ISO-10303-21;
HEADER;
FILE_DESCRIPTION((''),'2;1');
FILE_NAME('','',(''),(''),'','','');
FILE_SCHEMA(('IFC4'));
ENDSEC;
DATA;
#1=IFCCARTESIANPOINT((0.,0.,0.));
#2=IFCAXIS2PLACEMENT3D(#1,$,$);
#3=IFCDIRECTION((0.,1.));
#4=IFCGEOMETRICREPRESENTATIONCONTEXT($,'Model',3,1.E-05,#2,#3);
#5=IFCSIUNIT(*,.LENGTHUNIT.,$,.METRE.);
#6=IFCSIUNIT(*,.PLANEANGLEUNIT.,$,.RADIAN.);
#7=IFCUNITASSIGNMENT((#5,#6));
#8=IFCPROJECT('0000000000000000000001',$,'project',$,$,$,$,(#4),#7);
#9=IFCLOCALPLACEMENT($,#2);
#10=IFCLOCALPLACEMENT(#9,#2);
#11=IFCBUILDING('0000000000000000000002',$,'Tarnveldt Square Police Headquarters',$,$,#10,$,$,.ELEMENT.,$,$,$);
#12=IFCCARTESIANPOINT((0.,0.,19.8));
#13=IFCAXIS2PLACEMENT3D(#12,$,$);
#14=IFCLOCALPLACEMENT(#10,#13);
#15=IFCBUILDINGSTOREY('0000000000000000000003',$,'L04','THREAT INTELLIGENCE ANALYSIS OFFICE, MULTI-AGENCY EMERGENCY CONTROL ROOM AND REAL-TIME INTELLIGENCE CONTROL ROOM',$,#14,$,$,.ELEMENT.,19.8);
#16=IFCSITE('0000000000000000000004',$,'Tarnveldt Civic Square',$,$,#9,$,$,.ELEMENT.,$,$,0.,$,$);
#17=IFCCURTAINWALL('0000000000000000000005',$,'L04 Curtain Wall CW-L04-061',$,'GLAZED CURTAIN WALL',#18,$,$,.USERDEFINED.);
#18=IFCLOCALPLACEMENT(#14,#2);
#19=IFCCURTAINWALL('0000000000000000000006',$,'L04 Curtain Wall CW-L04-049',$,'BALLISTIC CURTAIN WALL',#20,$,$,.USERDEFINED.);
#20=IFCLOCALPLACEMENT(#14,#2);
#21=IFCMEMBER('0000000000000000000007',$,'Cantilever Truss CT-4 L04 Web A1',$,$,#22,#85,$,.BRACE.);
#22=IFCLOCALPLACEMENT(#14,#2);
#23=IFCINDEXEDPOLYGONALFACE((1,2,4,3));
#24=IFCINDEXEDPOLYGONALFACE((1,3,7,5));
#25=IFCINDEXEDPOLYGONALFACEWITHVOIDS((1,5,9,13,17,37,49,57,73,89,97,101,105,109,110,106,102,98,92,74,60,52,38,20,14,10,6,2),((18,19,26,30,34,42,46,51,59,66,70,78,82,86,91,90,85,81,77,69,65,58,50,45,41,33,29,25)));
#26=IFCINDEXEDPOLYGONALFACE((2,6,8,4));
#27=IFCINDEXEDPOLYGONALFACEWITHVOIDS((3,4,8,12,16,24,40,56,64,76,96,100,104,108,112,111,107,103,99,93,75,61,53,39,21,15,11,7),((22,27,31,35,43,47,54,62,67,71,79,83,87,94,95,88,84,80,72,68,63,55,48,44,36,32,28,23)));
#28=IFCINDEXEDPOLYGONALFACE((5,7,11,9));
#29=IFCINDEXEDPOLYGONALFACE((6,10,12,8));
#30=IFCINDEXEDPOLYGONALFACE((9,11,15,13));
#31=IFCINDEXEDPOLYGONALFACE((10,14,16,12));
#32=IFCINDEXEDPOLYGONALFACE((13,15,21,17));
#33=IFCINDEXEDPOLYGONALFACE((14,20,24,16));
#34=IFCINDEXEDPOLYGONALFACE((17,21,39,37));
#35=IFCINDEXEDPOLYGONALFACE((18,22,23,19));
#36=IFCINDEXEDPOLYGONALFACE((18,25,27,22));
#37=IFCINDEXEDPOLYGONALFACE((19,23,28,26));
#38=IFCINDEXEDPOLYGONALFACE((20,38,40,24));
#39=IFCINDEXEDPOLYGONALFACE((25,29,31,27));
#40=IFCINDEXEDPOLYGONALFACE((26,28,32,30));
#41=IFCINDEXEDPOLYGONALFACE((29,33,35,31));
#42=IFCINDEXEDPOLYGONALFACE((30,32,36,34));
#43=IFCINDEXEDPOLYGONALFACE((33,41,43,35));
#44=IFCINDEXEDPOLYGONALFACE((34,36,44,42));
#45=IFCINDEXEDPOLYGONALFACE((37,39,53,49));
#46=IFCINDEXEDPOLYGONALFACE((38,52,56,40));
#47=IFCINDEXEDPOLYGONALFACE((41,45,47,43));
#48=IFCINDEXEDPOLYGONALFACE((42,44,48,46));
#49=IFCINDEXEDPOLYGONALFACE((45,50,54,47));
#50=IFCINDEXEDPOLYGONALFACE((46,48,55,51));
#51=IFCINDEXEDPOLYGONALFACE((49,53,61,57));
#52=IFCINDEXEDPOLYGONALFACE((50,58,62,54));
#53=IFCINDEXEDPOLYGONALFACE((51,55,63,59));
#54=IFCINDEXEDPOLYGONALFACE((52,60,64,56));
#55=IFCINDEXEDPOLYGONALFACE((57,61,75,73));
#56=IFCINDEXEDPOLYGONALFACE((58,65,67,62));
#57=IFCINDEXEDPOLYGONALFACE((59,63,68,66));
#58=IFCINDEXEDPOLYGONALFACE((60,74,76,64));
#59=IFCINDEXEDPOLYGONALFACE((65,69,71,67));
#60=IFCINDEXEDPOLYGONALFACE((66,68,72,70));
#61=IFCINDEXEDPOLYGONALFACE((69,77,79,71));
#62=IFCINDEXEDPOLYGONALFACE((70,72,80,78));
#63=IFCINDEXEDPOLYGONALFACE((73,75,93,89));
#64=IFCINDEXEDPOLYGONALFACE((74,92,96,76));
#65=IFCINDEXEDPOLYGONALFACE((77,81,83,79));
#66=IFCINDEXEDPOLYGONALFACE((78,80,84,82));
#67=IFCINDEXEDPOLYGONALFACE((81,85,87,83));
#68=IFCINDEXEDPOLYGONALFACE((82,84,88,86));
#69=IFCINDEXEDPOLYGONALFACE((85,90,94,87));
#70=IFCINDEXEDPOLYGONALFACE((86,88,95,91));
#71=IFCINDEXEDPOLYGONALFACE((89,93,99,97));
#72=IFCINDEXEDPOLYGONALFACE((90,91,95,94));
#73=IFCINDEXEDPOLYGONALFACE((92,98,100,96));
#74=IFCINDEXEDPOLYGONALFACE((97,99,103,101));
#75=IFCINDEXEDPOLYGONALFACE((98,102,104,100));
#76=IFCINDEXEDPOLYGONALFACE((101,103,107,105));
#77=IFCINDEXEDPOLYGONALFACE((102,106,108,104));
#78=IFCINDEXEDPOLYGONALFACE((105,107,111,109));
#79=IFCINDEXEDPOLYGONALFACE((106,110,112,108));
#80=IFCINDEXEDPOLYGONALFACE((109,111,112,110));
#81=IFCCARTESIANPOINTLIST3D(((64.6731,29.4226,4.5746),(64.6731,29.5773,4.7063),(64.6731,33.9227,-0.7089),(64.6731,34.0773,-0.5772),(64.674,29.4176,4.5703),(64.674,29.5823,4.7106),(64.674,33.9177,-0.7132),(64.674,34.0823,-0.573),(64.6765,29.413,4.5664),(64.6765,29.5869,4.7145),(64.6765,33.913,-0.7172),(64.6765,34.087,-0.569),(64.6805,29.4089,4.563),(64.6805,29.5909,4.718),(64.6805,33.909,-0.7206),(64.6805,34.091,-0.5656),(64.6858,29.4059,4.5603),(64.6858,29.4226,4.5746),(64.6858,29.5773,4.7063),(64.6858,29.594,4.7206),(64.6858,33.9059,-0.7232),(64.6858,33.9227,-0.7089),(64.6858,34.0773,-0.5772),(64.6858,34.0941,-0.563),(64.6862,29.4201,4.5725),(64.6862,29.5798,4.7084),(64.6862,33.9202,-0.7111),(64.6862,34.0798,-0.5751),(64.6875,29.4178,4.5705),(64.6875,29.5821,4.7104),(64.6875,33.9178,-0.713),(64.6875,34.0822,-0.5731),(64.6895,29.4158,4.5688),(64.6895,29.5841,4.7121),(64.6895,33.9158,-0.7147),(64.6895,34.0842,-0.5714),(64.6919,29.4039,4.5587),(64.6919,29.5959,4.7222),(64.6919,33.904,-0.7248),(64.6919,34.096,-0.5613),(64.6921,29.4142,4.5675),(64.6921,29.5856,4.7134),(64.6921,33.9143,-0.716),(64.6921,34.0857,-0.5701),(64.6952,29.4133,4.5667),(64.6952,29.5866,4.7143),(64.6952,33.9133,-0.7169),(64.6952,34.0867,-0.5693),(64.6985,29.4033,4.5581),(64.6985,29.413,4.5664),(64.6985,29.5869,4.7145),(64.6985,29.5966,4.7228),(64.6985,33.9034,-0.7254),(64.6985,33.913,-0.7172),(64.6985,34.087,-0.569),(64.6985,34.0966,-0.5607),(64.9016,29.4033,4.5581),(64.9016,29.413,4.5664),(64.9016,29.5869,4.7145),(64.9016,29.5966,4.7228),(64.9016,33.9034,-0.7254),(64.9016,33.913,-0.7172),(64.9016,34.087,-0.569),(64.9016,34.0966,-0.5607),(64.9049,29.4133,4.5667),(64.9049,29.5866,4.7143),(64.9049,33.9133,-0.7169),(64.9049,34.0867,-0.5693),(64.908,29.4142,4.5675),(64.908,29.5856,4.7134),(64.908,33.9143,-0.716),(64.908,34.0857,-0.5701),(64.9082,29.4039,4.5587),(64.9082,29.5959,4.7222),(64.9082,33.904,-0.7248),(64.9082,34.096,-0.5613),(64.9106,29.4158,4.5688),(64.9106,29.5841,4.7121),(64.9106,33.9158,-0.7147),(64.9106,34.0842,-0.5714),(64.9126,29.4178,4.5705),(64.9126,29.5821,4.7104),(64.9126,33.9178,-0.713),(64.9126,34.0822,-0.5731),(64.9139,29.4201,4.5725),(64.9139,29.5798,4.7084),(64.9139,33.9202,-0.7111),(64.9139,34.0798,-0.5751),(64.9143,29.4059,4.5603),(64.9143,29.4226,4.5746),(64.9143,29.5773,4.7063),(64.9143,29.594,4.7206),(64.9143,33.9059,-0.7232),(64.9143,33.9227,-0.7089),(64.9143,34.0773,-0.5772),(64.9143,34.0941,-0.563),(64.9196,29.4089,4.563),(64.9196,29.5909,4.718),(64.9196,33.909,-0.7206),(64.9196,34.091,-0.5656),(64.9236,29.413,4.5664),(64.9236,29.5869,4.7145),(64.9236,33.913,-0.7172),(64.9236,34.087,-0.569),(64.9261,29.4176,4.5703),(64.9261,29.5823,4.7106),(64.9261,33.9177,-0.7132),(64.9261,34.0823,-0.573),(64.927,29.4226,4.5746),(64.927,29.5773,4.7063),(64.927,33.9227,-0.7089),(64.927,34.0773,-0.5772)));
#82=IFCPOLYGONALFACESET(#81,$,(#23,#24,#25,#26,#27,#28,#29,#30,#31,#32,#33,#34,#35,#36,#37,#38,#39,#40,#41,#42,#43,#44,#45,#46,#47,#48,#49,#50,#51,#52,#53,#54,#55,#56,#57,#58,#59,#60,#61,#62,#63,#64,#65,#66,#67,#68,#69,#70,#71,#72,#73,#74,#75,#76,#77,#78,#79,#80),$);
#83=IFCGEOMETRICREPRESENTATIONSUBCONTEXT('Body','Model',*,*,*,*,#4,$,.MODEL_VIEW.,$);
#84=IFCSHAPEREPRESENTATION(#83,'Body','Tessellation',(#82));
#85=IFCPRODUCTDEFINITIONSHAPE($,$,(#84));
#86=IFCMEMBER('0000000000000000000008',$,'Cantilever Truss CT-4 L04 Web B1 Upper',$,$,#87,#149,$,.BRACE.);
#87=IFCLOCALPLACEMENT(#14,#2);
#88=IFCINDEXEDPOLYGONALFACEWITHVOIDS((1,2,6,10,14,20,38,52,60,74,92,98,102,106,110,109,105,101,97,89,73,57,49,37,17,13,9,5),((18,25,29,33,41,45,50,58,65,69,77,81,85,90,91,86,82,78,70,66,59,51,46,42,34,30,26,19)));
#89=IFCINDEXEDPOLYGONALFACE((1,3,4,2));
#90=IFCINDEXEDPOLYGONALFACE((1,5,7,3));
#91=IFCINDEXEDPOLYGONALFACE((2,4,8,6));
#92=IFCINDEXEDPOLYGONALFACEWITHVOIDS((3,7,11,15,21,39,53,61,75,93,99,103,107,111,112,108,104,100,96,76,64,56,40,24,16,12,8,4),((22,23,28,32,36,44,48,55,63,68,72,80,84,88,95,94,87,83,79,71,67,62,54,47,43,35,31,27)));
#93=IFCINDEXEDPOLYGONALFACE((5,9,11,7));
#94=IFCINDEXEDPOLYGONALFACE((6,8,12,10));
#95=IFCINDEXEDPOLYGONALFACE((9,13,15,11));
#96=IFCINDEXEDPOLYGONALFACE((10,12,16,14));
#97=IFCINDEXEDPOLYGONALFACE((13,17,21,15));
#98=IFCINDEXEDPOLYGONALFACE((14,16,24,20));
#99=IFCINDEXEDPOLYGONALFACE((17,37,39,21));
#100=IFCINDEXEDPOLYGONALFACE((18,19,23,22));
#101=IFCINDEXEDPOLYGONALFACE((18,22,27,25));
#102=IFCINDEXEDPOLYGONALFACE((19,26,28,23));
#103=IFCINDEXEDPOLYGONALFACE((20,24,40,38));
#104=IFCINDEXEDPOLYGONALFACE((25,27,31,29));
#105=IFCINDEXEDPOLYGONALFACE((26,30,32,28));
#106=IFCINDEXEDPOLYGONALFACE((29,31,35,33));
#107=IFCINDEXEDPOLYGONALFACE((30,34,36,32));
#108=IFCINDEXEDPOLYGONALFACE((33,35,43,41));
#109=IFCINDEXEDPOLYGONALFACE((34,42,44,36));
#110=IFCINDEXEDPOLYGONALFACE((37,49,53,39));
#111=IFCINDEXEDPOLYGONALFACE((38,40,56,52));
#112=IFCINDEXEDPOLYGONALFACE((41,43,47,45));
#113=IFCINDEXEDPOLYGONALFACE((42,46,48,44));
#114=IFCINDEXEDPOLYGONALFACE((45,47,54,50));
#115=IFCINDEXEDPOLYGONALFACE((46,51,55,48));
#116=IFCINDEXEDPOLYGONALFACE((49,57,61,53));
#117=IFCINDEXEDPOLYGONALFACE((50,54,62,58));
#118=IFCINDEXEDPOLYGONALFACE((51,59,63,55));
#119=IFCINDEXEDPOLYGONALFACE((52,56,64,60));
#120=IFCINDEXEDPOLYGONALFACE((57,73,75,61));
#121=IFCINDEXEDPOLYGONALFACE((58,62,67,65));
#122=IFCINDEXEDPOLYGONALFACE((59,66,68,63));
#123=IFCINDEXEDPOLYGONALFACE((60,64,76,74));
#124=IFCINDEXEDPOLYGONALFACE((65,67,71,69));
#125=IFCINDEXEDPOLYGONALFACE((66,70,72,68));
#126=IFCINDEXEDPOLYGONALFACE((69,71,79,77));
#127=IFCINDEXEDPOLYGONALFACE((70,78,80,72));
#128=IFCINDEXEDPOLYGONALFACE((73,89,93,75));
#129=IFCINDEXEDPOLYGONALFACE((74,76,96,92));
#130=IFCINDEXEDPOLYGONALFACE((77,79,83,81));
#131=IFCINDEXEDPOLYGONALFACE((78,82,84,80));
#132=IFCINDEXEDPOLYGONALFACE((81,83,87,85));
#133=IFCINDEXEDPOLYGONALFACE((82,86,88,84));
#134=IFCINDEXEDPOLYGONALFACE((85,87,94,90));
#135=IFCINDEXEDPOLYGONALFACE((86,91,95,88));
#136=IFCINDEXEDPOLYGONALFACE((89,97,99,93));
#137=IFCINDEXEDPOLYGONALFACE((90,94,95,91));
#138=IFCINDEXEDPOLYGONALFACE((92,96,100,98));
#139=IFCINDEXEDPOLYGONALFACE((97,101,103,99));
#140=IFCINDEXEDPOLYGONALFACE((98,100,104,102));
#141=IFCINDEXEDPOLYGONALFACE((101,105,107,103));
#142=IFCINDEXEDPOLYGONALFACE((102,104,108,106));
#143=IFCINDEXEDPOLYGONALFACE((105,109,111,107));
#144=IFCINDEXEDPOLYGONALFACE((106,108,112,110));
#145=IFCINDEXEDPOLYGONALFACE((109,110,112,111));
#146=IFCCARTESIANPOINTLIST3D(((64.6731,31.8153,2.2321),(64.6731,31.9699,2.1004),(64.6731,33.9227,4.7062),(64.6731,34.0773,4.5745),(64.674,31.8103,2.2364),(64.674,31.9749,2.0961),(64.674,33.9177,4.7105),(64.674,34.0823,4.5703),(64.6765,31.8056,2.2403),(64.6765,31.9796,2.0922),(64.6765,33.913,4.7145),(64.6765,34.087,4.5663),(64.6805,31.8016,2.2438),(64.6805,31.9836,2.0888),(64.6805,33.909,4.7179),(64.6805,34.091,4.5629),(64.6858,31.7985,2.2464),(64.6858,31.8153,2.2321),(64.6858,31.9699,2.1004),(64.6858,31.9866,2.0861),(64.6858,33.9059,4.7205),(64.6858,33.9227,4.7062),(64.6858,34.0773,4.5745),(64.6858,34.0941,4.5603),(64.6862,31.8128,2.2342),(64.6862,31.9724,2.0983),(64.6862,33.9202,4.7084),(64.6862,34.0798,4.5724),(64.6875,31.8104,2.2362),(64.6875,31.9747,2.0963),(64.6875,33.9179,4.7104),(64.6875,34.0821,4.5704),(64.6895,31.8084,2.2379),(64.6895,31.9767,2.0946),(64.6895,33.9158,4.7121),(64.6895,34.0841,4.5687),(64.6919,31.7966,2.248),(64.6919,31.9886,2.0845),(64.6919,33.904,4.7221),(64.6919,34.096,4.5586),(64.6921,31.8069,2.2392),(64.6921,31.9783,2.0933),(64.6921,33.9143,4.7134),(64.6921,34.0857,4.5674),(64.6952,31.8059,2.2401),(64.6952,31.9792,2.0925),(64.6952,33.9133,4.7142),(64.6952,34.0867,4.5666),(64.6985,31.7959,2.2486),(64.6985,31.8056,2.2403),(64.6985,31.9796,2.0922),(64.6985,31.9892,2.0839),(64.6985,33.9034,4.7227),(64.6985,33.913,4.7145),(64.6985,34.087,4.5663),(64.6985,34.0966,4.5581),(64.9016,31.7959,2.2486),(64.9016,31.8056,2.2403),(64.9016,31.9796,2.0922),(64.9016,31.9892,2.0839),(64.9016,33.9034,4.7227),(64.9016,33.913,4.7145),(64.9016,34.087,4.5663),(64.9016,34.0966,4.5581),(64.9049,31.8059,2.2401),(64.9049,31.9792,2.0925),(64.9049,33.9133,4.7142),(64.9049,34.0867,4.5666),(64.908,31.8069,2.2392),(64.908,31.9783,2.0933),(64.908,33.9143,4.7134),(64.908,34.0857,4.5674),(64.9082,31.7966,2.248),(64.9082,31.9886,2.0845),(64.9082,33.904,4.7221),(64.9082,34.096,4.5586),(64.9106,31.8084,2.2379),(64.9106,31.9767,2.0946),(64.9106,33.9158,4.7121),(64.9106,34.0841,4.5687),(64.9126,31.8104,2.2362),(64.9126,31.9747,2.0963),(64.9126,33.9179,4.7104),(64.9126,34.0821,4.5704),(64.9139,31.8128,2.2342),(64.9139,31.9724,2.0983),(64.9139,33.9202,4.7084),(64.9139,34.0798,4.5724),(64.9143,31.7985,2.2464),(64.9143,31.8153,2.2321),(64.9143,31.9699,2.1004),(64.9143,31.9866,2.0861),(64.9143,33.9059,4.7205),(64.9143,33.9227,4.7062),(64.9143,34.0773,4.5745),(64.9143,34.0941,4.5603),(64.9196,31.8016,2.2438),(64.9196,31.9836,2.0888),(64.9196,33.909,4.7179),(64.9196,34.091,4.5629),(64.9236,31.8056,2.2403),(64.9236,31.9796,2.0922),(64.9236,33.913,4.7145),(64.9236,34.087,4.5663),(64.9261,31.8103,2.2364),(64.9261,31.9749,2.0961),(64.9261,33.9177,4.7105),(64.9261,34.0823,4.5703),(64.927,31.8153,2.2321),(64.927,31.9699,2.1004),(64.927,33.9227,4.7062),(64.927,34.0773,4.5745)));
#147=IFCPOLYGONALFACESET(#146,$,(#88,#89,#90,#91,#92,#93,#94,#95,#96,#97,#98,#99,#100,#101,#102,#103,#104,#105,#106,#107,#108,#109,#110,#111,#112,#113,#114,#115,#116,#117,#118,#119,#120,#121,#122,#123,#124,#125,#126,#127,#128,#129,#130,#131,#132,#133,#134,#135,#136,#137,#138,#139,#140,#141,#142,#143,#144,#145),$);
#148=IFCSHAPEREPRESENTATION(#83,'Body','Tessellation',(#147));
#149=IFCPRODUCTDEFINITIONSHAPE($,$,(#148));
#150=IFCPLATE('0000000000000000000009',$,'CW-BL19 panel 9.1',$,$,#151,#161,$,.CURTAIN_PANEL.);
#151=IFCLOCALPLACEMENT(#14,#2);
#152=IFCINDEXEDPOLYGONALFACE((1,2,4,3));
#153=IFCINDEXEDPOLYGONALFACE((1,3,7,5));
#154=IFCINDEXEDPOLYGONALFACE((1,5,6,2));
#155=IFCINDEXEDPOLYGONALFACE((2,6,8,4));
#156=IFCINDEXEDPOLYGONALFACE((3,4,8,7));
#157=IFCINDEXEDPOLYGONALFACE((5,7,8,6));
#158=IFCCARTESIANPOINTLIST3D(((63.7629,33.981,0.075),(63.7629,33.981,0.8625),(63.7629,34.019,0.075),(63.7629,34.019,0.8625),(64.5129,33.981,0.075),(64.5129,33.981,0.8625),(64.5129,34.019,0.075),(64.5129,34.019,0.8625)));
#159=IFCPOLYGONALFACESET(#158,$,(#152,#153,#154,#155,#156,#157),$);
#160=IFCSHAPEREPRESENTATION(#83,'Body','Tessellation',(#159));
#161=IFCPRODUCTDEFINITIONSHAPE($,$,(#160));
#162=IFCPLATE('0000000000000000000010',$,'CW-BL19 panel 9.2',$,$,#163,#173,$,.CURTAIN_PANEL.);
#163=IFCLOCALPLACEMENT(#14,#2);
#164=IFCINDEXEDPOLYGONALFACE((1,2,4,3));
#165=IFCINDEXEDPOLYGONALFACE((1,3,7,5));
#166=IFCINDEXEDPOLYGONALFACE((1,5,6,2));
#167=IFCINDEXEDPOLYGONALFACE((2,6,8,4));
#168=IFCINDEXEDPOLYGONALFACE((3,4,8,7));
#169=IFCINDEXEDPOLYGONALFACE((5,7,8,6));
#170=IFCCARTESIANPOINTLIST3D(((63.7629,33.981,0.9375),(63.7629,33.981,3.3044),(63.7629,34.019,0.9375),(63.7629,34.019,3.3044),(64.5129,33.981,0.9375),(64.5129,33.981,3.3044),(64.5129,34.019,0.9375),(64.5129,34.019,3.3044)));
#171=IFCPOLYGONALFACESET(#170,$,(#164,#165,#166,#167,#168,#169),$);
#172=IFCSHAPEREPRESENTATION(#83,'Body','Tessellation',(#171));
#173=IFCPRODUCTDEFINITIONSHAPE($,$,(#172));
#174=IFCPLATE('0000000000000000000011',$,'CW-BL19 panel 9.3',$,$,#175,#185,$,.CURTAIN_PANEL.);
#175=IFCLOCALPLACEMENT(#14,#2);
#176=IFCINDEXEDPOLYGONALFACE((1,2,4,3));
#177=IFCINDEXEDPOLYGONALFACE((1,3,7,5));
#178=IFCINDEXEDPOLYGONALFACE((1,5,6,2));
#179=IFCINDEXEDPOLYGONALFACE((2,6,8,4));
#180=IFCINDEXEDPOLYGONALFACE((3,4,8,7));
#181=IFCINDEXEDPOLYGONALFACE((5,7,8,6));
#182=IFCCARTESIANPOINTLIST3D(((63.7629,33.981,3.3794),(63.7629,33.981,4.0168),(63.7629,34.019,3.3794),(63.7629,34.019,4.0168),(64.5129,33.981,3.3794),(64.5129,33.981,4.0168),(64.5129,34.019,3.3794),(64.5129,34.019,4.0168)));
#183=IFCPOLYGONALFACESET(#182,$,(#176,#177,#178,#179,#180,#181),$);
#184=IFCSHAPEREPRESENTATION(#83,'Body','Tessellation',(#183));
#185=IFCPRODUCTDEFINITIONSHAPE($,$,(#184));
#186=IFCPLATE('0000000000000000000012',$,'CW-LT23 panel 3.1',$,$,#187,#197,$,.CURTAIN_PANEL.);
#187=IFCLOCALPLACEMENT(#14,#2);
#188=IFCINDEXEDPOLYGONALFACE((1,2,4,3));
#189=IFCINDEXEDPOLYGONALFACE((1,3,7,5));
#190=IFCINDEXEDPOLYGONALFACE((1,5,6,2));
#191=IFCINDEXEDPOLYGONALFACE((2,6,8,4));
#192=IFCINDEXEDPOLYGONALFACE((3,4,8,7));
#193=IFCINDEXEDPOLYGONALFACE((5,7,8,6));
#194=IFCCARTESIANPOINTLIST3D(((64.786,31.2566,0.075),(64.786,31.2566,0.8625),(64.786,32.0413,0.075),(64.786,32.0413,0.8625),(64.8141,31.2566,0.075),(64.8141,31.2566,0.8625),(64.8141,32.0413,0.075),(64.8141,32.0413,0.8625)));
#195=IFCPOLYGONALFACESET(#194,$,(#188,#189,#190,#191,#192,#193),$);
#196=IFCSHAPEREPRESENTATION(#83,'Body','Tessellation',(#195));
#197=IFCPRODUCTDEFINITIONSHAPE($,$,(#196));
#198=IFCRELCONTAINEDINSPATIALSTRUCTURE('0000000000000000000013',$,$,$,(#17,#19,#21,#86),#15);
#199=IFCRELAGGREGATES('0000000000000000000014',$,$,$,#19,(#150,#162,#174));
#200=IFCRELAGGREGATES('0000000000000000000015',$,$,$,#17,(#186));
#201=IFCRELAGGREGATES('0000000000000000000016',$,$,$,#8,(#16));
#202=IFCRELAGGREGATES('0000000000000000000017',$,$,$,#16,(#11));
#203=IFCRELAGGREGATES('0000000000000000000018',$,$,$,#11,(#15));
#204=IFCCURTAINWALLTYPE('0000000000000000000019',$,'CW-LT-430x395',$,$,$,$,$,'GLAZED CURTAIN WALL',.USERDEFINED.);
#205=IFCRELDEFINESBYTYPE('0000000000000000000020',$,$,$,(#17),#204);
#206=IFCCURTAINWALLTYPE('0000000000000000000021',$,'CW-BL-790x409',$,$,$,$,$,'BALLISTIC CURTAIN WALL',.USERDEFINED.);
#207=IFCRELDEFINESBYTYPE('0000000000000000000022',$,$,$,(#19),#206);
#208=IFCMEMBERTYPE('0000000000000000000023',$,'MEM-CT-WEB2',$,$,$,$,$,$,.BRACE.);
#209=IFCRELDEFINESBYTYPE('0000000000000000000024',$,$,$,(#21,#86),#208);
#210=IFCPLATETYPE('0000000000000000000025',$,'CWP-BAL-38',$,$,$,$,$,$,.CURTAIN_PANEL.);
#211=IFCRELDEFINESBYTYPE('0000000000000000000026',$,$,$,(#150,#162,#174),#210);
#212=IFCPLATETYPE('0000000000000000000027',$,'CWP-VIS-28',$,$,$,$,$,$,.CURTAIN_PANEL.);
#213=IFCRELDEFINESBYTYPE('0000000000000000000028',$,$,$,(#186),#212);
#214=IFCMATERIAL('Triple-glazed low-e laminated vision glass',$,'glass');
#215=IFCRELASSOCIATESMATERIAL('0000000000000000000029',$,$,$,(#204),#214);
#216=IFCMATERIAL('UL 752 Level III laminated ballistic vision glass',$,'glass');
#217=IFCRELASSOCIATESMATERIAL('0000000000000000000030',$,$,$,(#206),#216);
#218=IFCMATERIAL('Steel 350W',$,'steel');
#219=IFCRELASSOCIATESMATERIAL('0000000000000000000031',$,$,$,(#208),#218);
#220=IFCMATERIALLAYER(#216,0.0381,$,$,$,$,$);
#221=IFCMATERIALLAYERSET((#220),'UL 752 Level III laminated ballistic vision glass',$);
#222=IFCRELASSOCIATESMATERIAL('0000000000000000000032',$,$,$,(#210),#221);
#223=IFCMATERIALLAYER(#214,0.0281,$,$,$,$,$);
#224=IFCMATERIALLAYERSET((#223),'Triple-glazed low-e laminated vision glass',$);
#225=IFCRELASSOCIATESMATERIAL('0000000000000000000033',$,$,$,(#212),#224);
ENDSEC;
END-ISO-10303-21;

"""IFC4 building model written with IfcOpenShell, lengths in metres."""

from ifc_helpers import new_model, si_unit, direction, frame, origin, origin_2d, place, context, subcontext, project, spatial, rectangle, hollow_rectangle, extrude, material, layer, layer_set, material_profile, profile_set, type_object, element, aggregate, save


model = new_model("IFC4")

# Units and contexts
model_context = context("Model", 3, precision=1e-05, world=origin(), true_north=direction((0.0, 1.0)))
body_context = subcontext(model_context, "Body", "Model", "MODEL_VIEW")
ifc_project = project(units=[si_unit("LENGTHUNIT", "METRE"), si_unit("PLANEANGLEUNIT", "RADIAN")], contexts=[model_context])

# Site, building, storey
site_placement = place(None, origin())
site = spatial("IfcSite", under=ifc_project, at=site_placement, Name="Tarnveldt Civic Square", CompositionType="ELEMENT", RefElevation=0.0)
building_placement = place(site_placement, origin())
building = spatial("IfcBuilding", under=site, at=building_placement, Name="Tarnveldt Square Police Headquarters", CompositionType="ELEMENT")
storey_placement = place(building_placement, frame((0.0, 0.0, 19.8)))
storey = spatial("IfcBuildingStorey", under=building, at=storey_placement, Name="L04", Description="THREAT INTELLIGENCE ANALYSIS OFFICE, MULTI-AGENCY EMERGENCY CONTROL ROOM AND REAL-TIME INTELLIGENCE CONTROL ROOM", CompositionType="ELEMENT", Elevation=19.8)

# Shared definitions
ifc_material_1 = material(Name="Steel 350W", Category="steel")

# Curtain walls
ifc_material_2 = material(Name="Triple-glazed low-e laminated vision glass", Category="glass")
curtain_wall_type_1 = type_object("IfcCurtainWallType", Name="CW-LT-430x395", ElementType="GLAZED CURTAIN WALL", PredefinedType="USERDEFINED", material=ifc_material_2)
curtain_wall_1_placement = place(storey_placement, origin())
curtain_wall_1 = element("IfcCurtainWall", 1, at=curtain_wall_1_placement, inside=storey, type_object=curtain_wall_type_1, Name="L04 Curtain Wall CW-L04-061", ObjectType="GLAZED CURTAIN WALL", PredefinedType="USERDEFINED")
ifc_material_3 = material(Name="UL 752 Level III laminated ballistic vision glass", Category="glass")
curtain_wall_type_2 = type_object("IfcCurtainWallType", Name="CW-BL-790x409", ElementType="BALLISTIC CURTAIN WALL", PredefinedType="USERDEFINED", material=ifc_material_3)
curtain_wall_2_placement = place(storey_placement, origin())
curtain_wall_2 = element("IfcCurtainWall", 2, at=curtain_wall_2_placement, inside=storey, type_object=curtain_wall_type_2, Name="L04 Curtain Wall CW-L04-049", ObjectType="BALLISTIC CURTAIN WALL", PredefinedType="USERDEFINED")

# Members
ifc_material_profile_1 = material_profile(ifc_material_1, hollow_rectangle(XDim=0.2539, YDim=0.2539, WallThickness=0.0127, InnerFilletRadius=0.0127, OuterFilletRadius=0.0254, at=origin_2d()), Name="HSS254x254x13")
ifc_profile_set_1 = profile_set([ifc_material_profile_1], Name="Steel 350W")
member_type_1 = type_object("IfcMemberType", Name="MEM-CT-WEB2", PredefinedType="BRACE", material=ifc_profile_set_1)
member_1_placement = place(storey_placement, frame((64.8, 34.0, -0.6431), z_axis=(0.0, -0.648407, 0.761294), x_axis=(1.0, 0.0, 0.0)))
element("IfcMember", 3, at=member_1_placement, inside=storey, type_object=member_type_1, Name="Cantilever Truss CT-4 L04 Web A1", PredefinedType="BRACE", context=body_context, shape_type="SweptSolid", body=[
    extrude(hollow_rectangle(XDim=0.2539, YDim=0.2539, WallThickness=0.0127, InnerFilletRadius=0.0127, OuterFilletRadius=0.0254, at=origin_2d()), origin(), (0.0, 0.0, 1.0), 6.9402),
])
member_2_placement = place(storey_placement, frame((64.8, 31.8926, 2.1663), z_axis=(0.0, 0.648437, 0.761268), x_axis=(-1.0, 0.0, 0.0)))
element("IfcMember", 4, at=member_2_placement, inside=storey, type_object=member_type_1, Name="Cantilever Truss CT-4 L04 Web B1 Upper", PredefinedType="BRACE", context=body_context, shape_type="SweptSolid", body=[
    extrude(hollow_rectangle(XDim=0.2539, YDim=0.2539, WallThickness=0.0127, InnerFilletRadius=0.0127, OuterFilletRadius=0.0254, at=origin_2d()), origin(), (0.0, 0.0, 1.0), 3.25),
])

# Plates
ifc_layer_1 = layer(ifc_material_3, 0.0381)
ifc_layer_set_1 = layer_set([ifc_layer_1], Name="UL 752 Level III laminated ballistic vision glass")
plate_type_1 = type_object("IfcPlateType", Name="CWP-BAL-38", PredefinedType="CURTAIN_PANEL", material=ifc_layer_set_1)
plate_1_placement = place(storey_placement, frame((64.1379, 34.0, 0.075), z_axis=(0.0, 0.0, 1.0), x_axis=(1.0, 0.0, 0.0)))
plate_1 = element("IfcPlate", 5, at=plate_1_placement, type_object=plate_type_1, Name="CW-BL19 panel 9.1", PredefinedType="CURTAIN_PANEL", context=body_context, shape_type="SweptSolid", body=[
    extrude(rectangle(XDim=0.75, YDim=0.0381, at=origin_2d()), origin(), (0.0, 0.0, 1.0), 0.7876),
])
plate_2_placement = place(storey_placement, frame((64.1379, 34.0, 0.9375), z_axis=(0.0, 0.0, 1.0), x_axis=(1.0, 0.0, 0.0)))
plate_2 = element("IfcPlate", 6, at=plate_2_placement, type_object=plate_type_1, Name="CW-BL19 panel 9.2", PredefinedType="CURTAIN_PANEL", context=body_context, shape_type="SweptSolid", body=[
    extrude(rectangle(XDim=0.75, YDim=0.0381, at=origin_2d()), origin(), (0.0, 0.0, 1.0), 2.3669),
])
plate_3_placement = place(storey_placement, frame((64.1379, 34.0, 3.3794), z_axis=(0.0, 0.0, 1.0), x_axis=(1.0, 0.0, 0.0)))
plate_3 = element("IfcPlate", 7, at=plate_3_placement, type_object=plate_type_1, Name="CW-BL19 panel 9.3", PredefinedType="CURTAIN_PANEL", context=body_context, shape_type="SweptSolid", body=[
    extrude(rectangle(XDim=0.75, YDim=0.0381, at=origin_2d()), origin(), (0.0, 0.0, 1.0), 0.6375),
])
aggregate(curtain_wall_2, [plate_1, plate_2, plate_3])
ifc_layer_2 = layer(ifc_material_2, 0.0281)
ifc_layer_set_2 = layer_set([ifc_layer_2], Name="Triple-glazed low-e laminated vision glass")
plate_type_2 = type_object("IfcPlateType", Name="CWP-VIS-28", PredefinedType="CURTAIN_PANEL", material=ifc_layer_set_2)
plate_4_placement = place(storey_placement, frame((64.8, 31.6489, 0.075), z_axis=(0.0, 0.0, 1.0), x_axis=(0.0, 1.0, 0.0)))
plate_4 = element("IfcPlate", 8, at=plate_4_placement, type_object=plate_type_2, Name="CW-LT23 panel 3.1", PredefinedType="CURTAIN_PANEL", context=body_context, shape_type="SweptSolid", body=[
    extrude(rectangle(XDim=0.7847, YDim=0.0281, at=origin_2d()), origin(), (0.0, 0.0, 1.0), 0.7876),
])
aggregate(curtain_wall_1, [plate_4])

save(model, "model.ifc")
